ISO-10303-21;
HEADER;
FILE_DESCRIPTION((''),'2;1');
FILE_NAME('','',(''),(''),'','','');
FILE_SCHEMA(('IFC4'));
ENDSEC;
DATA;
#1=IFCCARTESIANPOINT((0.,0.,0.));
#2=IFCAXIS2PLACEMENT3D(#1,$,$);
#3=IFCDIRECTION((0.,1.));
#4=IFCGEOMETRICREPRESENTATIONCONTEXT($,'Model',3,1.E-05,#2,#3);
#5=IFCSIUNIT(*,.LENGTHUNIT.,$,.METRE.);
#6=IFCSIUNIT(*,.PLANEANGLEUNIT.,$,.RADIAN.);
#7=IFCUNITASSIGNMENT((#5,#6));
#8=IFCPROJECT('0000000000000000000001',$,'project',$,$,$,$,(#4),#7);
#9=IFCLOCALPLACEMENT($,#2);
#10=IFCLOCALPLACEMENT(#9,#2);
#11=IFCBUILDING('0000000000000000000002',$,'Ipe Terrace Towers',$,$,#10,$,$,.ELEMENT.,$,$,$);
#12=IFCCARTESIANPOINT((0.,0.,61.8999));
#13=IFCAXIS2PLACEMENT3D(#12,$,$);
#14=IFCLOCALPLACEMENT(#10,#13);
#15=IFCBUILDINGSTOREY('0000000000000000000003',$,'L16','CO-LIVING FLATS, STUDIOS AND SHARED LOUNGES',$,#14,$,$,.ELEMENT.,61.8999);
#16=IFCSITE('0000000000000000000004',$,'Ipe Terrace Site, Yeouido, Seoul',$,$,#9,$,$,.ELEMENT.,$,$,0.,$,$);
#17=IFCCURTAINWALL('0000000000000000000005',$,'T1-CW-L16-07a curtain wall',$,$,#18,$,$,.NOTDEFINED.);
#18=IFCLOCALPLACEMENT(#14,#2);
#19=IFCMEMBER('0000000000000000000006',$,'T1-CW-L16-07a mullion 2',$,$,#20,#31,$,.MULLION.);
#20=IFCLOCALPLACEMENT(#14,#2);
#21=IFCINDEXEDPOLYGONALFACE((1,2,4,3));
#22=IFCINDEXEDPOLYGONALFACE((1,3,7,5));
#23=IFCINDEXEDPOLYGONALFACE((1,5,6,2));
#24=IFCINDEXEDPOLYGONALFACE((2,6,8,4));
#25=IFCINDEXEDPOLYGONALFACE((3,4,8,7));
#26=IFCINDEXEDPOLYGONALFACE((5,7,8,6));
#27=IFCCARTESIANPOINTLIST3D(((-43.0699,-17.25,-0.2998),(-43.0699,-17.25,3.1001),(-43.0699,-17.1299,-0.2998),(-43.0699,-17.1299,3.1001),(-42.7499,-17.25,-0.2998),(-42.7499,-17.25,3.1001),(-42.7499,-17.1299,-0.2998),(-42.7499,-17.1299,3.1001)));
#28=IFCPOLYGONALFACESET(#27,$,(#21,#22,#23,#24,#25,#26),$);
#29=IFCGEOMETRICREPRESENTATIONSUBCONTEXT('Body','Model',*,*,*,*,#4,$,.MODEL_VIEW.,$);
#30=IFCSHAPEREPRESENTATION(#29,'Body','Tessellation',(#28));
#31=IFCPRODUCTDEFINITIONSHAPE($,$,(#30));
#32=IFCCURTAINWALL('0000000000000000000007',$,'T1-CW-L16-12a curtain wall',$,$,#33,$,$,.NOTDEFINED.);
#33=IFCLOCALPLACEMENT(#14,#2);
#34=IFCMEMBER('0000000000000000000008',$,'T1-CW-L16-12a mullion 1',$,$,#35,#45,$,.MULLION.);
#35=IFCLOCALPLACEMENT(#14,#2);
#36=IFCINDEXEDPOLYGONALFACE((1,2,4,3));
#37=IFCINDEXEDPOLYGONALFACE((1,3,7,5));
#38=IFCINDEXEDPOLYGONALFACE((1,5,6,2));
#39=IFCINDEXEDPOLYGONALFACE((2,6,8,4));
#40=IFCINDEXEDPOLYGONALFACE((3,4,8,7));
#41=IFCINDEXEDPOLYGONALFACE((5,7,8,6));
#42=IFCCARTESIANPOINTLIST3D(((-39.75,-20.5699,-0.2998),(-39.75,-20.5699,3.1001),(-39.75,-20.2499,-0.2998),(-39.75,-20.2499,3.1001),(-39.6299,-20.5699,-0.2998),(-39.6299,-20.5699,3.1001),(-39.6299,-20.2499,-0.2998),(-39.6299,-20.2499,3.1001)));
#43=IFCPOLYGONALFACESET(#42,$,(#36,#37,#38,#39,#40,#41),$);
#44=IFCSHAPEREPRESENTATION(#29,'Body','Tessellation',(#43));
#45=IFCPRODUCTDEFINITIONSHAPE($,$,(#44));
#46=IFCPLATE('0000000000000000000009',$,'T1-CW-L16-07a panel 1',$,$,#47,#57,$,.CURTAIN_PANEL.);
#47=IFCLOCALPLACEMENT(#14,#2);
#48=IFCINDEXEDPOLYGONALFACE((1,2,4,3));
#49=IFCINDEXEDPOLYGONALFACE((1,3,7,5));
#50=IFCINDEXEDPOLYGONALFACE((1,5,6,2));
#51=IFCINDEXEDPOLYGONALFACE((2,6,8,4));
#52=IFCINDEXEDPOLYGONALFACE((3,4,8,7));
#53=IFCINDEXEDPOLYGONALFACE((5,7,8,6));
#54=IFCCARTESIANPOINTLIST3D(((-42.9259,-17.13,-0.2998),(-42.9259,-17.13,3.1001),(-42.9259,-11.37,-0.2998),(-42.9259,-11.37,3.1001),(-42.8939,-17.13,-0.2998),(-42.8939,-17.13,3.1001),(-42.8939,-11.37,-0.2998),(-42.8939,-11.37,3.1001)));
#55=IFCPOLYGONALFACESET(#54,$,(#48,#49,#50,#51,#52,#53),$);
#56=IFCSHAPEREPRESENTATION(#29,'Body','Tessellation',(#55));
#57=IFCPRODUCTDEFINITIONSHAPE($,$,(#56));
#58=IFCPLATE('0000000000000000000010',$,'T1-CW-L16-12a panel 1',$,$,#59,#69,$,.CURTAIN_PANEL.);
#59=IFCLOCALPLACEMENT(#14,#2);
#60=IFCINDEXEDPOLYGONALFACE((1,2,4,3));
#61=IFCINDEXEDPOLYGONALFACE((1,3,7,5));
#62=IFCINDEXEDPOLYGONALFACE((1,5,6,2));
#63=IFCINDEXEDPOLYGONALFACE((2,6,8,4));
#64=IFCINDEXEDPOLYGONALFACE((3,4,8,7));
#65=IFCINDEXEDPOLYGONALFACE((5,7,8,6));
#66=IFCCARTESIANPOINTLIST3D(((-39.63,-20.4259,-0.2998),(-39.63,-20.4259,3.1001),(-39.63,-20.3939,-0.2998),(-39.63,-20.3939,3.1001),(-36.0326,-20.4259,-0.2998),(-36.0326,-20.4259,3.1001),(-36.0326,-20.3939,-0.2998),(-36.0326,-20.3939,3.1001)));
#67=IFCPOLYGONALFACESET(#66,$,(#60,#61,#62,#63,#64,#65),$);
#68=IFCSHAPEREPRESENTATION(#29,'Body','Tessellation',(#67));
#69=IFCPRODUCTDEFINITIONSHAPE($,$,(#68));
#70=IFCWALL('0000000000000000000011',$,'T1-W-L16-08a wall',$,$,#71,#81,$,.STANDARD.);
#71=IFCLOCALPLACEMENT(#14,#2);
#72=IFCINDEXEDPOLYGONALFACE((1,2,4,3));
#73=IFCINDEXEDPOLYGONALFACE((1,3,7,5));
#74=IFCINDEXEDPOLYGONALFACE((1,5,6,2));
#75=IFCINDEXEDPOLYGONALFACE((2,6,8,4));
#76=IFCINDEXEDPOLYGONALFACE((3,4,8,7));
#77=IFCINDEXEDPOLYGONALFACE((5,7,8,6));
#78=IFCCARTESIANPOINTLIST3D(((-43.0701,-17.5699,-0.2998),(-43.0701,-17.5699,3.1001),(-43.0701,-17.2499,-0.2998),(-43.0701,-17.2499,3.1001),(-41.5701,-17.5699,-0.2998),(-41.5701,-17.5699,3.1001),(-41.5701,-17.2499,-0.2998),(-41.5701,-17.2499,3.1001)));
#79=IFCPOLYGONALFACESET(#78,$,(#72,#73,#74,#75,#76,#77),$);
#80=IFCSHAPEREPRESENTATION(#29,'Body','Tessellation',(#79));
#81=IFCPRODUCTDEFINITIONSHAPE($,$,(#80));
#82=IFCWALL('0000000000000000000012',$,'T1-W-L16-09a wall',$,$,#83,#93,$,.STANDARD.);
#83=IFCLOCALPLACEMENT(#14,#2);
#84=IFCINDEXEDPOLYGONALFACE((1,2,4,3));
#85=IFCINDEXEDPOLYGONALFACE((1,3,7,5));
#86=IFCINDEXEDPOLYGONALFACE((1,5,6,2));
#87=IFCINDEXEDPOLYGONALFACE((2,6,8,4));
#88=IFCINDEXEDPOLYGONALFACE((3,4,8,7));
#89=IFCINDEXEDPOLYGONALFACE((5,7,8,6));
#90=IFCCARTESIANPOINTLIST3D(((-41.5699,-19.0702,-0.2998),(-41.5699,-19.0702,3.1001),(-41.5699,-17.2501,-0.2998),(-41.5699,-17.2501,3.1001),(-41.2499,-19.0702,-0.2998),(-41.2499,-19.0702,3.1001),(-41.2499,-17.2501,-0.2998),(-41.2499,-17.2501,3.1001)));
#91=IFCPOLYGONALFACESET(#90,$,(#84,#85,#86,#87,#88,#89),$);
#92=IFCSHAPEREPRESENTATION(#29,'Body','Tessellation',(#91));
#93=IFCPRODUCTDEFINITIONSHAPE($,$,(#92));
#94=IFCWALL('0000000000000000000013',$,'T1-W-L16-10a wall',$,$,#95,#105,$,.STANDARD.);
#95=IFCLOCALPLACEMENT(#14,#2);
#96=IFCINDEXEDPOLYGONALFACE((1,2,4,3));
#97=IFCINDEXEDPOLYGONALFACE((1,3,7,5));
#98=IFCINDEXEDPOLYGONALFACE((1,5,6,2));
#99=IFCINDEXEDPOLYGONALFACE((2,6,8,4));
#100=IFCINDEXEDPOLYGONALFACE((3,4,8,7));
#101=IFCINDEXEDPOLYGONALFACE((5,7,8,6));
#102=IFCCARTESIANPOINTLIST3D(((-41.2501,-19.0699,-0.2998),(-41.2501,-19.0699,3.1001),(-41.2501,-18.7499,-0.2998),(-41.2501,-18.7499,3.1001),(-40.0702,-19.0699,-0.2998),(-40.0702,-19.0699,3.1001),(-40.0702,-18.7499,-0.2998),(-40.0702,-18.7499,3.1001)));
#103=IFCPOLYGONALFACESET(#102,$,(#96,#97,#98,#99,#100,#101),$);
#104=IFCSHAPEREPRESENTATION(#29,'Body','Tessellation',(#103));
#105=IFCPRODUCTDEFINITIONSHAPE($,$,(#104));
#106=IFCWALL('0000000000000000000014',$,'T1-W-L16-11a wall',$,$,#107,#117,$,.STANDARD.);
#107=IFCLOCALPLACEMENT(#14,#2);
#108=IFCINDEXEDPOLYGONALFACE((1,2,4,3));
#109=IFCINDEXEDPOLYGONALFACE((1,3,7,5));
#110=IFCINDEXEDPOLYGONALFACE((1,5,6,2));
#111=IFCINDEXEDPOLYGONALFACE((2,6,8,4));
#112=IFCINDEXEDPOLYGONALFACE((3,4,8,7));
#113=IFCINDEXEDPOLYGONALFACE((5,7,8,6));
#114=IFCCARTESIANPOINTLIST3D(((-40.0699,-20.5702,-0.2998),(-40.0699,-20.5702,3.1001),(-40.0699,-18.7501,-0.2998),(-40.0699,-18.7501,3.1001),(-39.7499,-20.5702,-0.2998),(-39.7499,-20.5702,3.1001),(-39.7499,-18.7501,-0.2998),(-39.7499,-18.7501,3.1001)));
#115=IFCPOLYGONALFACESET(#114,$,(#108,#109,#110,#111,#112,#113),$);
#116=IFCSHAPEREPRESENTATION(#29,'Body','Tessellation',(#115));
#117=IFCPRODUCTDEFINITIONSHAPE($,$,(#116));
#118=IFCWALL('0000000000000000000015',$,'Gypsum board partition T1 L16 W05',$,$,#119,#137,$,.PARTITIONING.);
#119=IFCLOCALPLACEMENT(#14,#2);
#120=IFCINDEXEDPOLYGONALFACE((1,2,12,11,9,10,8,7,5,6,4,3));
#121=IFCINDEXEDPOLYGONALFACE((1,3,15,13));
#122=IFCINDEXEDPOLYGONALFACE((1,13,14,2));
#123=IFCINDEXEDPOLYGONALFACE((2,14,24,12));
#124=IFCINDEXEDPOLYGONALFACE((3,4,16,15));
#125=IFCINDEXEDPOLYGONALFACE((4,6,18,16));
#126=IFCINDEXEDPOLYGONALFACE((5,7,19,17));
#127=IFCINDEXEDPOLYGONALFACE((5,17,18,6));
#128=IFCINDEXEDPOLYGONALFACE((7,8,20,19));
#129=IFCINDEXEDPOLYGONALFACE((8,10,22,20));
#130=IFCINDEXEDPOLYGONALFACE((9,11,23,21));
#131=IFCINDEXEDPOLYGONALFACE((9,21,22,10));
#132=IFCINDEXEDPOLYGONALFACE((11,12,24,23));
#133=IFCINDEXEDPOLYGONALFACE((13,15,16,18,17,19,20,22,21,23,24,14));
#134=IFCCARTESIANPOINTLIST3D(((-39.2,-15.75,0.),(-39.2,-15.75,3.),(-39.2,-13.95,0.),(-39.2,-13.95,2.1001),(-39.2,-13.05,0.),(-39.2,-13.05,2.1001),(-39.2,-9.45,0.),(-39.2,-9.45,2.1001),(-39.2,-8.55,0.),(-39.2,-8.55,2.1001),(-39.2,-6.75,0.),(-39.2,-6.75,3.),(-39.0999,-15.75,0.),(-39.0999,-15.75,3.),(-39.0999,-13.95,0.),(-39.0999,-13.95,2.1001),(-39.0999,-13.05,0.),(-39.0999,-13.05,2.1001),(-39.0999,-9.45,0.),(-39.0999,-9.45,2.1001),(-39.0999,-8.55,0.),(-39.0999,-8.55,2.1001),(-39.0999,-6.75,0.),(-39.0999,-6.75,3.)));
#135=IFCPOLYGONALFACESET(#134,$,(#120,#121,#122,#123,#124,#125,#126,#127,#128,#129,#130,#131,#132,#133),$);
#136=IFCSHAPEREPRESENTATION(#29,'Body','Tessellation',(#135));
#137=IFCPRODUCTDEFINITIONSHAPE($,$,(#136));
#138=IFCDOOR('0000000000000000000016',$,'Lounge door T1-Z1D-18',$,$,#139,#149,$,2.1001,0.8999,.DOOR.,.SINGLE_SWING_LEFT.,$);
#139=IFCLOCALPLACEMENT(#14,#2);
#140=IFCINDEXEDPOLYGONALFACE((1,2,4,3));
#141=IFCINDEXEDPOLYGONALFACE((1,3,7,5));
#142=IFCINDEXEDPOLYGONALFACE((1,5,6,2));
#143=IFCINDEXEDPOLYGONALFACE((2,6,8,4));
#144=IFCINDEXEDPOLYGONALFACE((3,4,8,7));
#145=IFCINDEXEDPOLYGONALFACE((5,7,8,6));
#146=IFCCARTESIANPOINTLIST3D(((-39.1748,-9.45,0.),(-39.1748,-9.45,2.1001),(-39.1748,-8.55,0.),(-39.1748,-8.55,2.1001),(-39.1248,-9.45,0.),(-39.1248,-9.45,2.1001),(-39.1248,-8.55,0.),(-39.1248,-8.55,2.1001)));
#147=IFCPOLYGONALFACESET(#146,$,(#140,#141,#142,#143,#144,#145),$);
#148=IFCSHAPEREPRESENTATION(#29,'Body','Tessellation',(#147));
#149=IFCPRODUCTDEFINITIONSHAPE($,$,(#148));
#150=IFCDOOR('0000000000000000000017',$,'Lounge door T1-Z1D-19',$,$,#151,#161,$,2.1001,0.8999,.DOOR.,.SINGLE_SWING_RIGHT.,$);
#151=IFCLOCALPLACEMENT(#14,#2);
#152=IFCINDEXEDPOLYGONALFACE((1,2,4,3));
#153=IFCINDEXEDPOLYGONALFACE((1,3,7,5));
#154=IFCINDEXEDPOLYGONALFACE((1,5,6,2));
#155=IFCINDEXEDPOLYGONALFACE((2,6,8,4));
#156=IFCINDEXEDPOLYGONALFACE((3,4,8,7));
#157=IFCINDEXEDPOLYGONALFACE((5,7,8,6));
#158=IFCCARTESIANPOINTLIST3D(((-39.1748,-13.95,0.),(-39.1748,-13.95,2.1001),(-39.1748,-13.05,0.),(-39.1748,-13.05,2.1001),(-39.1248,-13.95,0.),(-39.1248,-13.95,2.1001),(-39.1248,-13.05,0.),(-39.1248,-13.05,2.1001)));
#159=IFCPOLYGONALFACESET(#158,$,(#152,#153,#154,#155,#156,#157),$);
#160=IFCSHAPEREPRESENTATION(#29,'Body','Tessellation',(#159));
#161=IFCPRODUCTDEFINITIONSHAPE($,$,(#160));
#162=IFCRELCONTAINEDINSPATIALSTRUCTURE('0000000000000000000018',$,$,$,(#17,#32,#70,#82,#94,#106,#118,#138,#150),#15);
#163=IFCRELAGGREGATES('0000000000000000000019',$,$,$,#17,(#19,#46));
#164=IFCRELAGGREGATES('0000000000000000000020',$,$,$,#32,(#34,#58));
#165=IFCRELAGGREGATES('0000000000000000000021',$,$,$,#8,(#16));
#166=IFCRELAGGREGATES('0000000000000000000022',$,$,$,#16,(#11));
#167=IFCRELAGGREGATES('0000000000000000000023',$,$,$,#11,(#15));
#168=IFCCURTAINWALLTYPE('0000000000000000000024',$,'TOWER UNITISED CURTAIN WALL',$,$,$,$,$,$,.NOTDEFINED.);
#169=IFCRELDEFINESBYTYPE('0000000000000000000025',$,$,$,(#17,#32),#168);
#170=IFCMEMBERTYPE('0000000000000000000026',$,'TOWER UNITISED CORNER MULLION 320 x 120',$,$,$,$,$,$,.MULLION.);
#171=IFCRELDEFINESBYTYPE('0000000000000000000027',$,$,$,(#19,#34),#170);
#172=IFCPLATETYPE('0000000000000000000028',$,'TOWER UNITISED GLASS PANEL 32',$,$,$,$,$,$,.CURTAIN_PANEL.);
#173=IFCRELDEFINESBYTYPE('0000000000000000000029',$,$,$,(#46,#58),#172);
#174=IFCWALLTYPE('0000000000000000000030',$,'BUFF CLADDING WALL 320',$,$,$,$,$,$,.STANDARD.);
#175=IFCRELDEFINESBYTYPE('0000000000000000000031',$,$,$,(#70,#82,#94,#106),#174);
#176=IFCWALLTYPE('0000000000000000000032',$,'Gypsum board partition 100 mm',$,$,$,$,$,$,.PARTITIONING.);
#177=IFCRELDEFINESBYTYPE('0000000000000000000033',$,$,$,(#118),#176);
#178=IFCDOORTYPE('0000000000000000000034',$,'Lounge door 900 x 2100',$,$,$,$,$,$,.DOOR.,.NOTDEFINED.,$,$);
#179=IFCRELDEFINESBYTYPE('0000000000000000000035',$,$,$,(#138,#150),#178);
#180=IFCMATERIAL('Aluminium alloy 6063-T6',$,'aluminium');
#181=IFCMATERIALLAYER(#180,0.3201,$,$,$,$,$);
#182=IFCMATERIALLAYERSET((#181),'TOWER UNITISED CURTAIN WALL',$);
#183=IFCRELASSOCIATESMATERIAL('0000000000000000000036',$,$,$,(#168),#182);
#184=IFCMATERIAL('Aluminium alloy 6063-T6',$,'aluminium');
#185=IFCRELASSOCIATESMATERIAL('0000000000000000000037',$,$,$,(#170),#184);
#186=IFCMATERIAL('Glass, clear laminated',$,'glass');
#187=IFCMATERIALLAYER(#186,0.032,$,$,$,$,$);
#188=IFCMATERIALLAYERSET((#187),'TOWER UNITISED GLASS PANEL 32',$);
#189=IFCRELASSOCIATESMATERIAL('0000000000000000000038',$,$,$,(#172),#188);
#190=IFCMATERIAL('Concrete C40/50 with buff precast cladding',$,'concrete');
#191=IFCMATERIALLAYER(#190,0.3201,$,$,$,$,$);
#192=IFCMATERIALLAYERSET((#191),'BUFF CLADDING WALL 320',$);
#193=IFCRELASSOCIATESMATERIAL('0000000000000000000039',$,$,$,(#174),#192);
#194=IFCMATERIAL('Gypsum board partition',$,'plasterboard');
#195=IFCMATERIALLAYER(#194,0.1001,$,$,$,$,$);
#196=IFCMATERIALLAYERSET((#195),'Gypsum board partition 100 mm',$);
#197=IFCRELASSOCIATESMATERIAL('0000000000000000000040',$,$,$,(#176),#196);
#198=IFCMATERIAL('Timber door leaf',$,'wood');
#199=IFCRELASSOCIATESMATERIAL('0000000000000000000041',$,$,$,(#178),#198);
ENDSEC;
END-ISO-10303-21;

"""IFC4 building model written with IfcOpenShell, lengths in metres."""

from ifc_helpers import new_model, si_unit, direction, frame, frame_2d, origin, origin_2d, place, context, subcontext, project, spatial, rectangle, extrude, material, layer, layer_set, material_profile, profile_set, type_object, element, fill, aggregate, save


model = new_model("IFC4")

# Units and contexts
model_context = context("Model", 3, precision=1e-05, world=origin(), true_north=direction((0.0, 1.0)))
body_context = subcontext(model_context, "Body", "Model", "MODEL_VIEW")
ifc_project = project(units=[si_unit("LENGTHUNIT", "METRE"), si_unit("PLANEANGLEUNIT", "RADIAN")], contexts=[model_context])

# Site, building, storey
site_placement = place(None, origin())
site = spatial("IfcSite", under=ifc_project, at=site_placement, Name="Ipe Terrace Site, Yeouido, Seoul", CompositionType="ELEMENT", RefElevation=0.0)
building_placement = place(site_placement, origin())
building = spatial("IfcBuilding", under=site, at=building_placement, Name="Ipe Terrace Towers", CompositionType="ELEMENT")
storey_placement = place(building_placement, frame((0.0, 0.0, 61.8999)))
storey = spatial("IfcBuildingStorey", under=building, at=storey_placement, Name="L16", Description="CO-LIVING FLATS, STUDIOS AND SHARED LOUNGES", CompositionType="ELEMENT", Elevation=61.8999)

# Curtain walls, members
ifc_material_1 = material(Name="Aluminium alloy 6063-T6", Category="aluminium")
ifc_layer_1 = layer(ifc_material_1, 0.3201)
ifc_layer_set_1 = layer_set([ifc_layer_1], Name="TOWER UNITISED CURTAIN WALL")
curtain_wall_type = type_object("IfcCurtainWallType", Name="TOWER UNITISED CURTAIN WALL", PredefinedType="NOTDEFINED", material=ifc_layer_set_1)
curtain_wall_1_placement = place(storey_placement, origin())
curtain_wall_1 = element("IfcCurtainWall", 1, at=curtain_wall_1_placement, inside=storey, type_object=curtain_wall_type, Name="T1-CW-L16-07a curtain wall", PredefinedType="NOTDEFINED")
ifc_material_2 = material(Name="Aluminium alloy 6063-T6", Category="aluminium")
ifc_material_profile_1 = material_profile(ifc_material_2, rectangle(XDim=0.3201, YDim=0.1201, at=origin_2d()), Name="TOWER UNITISED CORNER MULLION 320 x 120")
ifc_profile_set_1 = profile_set([ifc_material_profile_1], Name="Aluminium alloy 6063-T6")
member_type = type_object("IfcMemberType", Name="TOWER UNITISED CORNER MULLION 320 x 120", PredefinedType="MULLION", material=ifc_profile_set_1)
member_1_placement = place(storey_placement, frame((-42.9099, -17.1899, -0.2998), z_axis=(0.0, 0.0, 1.0), x_axis=(-1.0, 0.0, 0.0)))
member_1 = element("IfcMember", 2, at=member_1_placement, type_object=member_type, Name="T1-CW-L16-07a mullion 2", PredefinedType="MULLION", context=body_context, shape_type="SweptSolid", body=[
    extrude(rectangle(XDim=0.3201, YDim=0.1201, at=origin_2d()), origin(), (0.0, 0.0, 1.0), 3.3999),
])
curtain_wall_2_placement = place(storey_placement, origin())
curtain_wall_2 = element("IfcCurtainWall", 3, at=curtain_wall_2_placement, inside=storey, type_object=curtain_wall_type, Name="T1-CW-L16-12a curtain wall", PredefinedType="NOTDEFINED")
member_2_placement = place(storey_placement, frame((-39.6899, -20.4099, -0.2998), z_axis=(0.0, 0.0, 1.0), x_axis=(0.0, -1.0, 0.0)))
member_2 = element("IfcMember", 4, at=member_2_placement, type_object=member_type, Name="T1-CW-L16-12a mullion 1", PredefinedType="MULLION", context=body_context, shape_type="SweptSolid", body=[
    extrude(rectangle(XDim=0.3201, YDim=0.1201, at=origin_2d()), origin(), (0.0, 0.0, 1.0), 3.3999),
])

# Plates
ifc_material_3 = material(Name="Glass, clear laminated", Category="glass")
ifc_layer_2 = layer(ifc_material_3, 0.032)
ifc_layer_set_2 = layer_set([ifc_layer_2], Name="TOWER UNITISED GLASS PANEL 32")
plate_type = type_object("IfcPlateType", Name="TOWER UNITISED GLASS PANEL 32", PredefinedType="CURTAIN_PANEL", material=ifc_layer_set_2)
plate_1_placement = place(storey_placement, frame((-42.9099, -14.25, -0.2998), z_axis=(0.0, 0.0, 1.0), x_axis=(0.0, -1.0, 0.0)))
plate_1 = element("IfcPlate", 5, at=plate_1_placement, type_object=plate_type, Name="T1-CW-L16-07a panel 1", PredefinedType="CURTAIN_PANEL", context=body_context, shape_type="SweptSolid", body=[
    extrude(rectangle(XDim=5.76, YDim=0.032, at=origin_2d()), origin(), (0.0, 0.0, 1.0), 3.3999),
])
aggregate(curtain_wall_1, [member_1, plate_1])
plate_2_placement = place(storey_placement, frame((-37.8313, -20.4099, -0.2998), z_axis=(0.0, 0.0, 1.0), x_axis=(1.0, 0.0, 0.0)))
plate_2 = element("IfcPlate", 6, at=plate_2_placement, type_object=plate_type, Name="T1-CW-L16-12a panel 1", PredefinedType="CURTAIN_PANEL", context=body_context, shape_type="SweptSolid", body=[
    extrude(rectangle(XDim=3.5974, YDim=0.032, at=origin_2d()), origin(), (0.0, 0.0, 1.0), 3.3999),
])
aggregate(curtain_wall_2, [member_2, plate_2])

# Walls
ifc_material_4 = material(Name="Concrete C40/50 with buff precast cladding", Category="concrete")
ifc_layer_3 = layer(ifc_material_4, 0.3201)
ifc_layer_set_3 = layer_set([ifc_layer_3], Name="BUFF CLADDING WALL 320")
wall_type_1 = type_object("IfcWallType", Name="BUFF CLADDING WALL 320", PredefinedType="STANDARD", material=ifc_layer_set_3)
wall_1_placement = place(storey_placement, frame((-43.0701, -17.4099, -0.2998), z_axis=(0.0, 0.0, 1.0), x_axis=(1.0, 0.0, 0.0)))
element("IfcWall", 7, at=wall_1_placement, inside=storey, type_object=wall_type_1, Name="T1-W-L16-08a wall", PredefinedType="STANDARD", context=body_context, shape_type="SweptSolid", body=[
    extrude(rectangle(XDim=1.5, YDim=0.3201, at=frame_2d((0.75, 0.0))), origin(), (0.0, 0.0, 1.0), 3.3999),
])
wall_2_placement = place(storey_placement, frame((-41.4099, -17.25, -0.2998), z_axis=(0.0, 0.0, 1.0), x_axis=(0.0, -1.0, 0.0)))
element("IfcWall", 8, at=wall_2_placement, inside=storey, type_object=wall_type_1, Name="T1-W-L16-09a wall", PredefinedType="STANDARD", context=body_context, shape_type="SweptSolid", body=[
    extrude(rectangle(XDim=1.8201, YDim=0.3201, at=frame_2d((0.9102, 0.0))), origin(), (0.0, 0.0, 1.0), 3.3999),
])
wall_3_placement = place(storey_placement, frame((-41.25, -18.9099, -0.2998), z_axis=(0.0, 0.0, 1.0), x_axis=(1.0, 0.0, 0.0)))
element("IfcWall", 9, at=wall_3_placement, inside=storey, type_object=wall_type_1, Name="T1-W-L16-10a wall", PredefinedType="STANDARD", context=body_context, shape_type="SweptSolid", body=[
    extrude(rectangle(XDim=1.1799, YDim=0.3201, at=frame_2d((0.5898, 0.0))), origin(), (0.0, 0.0, 1.0), 3.3999),
])
wall_4_placement = place(storey_placement, frame((-39.9099, -18.75, -0.2998), z_axis=(0.0, 0.0, 1.0), x_axis=(0.0, -1.0, 0.0)))
element("IfcWall", 10, at=wall_4_placement, inside=storey, type_object=wall_type_1, Name="T1-W-L16-11a wall", PredefinedType="STANDARD", context=body_context, shape_type="SweptSolid", body=[
    extrude(rectangle(XDim=1.8201, YDim=0.3201, at=frame_2d((0.9102, 0.0))), origin(), (0.0, 0.0, 1.0), 3.3999),
])

# Wall, openings, doors
ifc_material_5 = material(Name="Gypsum board partition", Category="plasterboard")
ifc_layer_4 = layer(ifc_material_5, 0.1001)
ifc_layer_set_4 = layer_set([ifc_layer_4], Name="Gypsum board partition 100 mm")
wall_type_2 = type_object("IfcWallType", Name="Gypsum board partition 100 mm", PredefinedType="PARTITIONING", material=ifc_layer_set_4)
wall_5_placement = place(storey_placement, frame((-39.1499, -15.75, 0.0), z_axis=(0.0, 0.0, 1.0), x_axis=(0.0, 1.0, 0.0)))
wall_5 = element("IfcWall", 11, at=wall_5_placement, inside=storey, type_object=wall_type_2, Name="Gypsum board partition T1 L16 W05", PredefinedType="PARTITIONING", context=body_context, shape_type="SweptSolid", body=[
    extrude(rectangle(XDim=9.0, YDim=0.1001, at=frame_2d((4.5, 0.0))), origin(), (0.0, 0.0, 1.0), 3.0),
])
opening_1_placement = place(wall_5_placement, frame((6.3, 0.0, 0.0)))
opening_1 = element("IfcOpeningElement", 12, at=opening_1_placement, cuts=wall_5, PredefinedType="OPENING", context=body_context, shape_type="SweptSolid", body=[
    extrude(rectangle(XDim=0.8999, YDim=2.1001, at=frame_2d((0.45, 1.05))), frame((0.0, 0.0601, 0.0), z_axis=(0.0, -1.0, 0.0), x_axis=(1.0, 0.0, 0.0)), (0.0, 0.0, 1.0), 0.1201),
])
opening_2_placement = place(wall_5_placement, frame((1.8, 0.0, 0.0)))
opening_2 = element("IfcOpeningElement", 13, at=opening_2_placement, cuts=wall_5, PredefinedType="OPENING", context=body_context, shape_type="SweptSolid", body=[
    extrude(rectangle(XDim=0.8999, YDim=2.1001, at=frame_2d((0.45, 1.05))), frame((0.0, 0.0601, 0.0), z_axis=(0.0, -1.0, 0.0), x_axis=(1.0, 0.0, 0.0)), (0.0, 0.0, 1.0), 0.1201),
])
ifc_material_6 = material(Name="Timber door leaf", Category="wood")
door_type_1 = type_object("IfcDoorType", Name="Lounge door 900 x 2100", OperationType="NOTDEFINED", PredefinedType="DOOR", material=ifc_material_6)
door_1_placement = place(opening_1_placement, origin())
door_1 = element("IfcDoor", 14, at=door_1_placement, inside=storey, type_object=door_type_1, Name="Lounge door T1-Z1D-18", OperationType="SINGLE_SWING_LEFT", OverallHeight=2.1001, OverallWidth=0.8999, PredefinedType="DOOR", context=body_context, shape_type="SweptSolid", body=[
    extrude(rectangle(XDim=0.8999, YDim=2.1001, at=frame_2d((0.45, 1.05))), frame((0.0, 0.0249, 0.0), z_axis=(0.0, -1.0, 0.0), x_axis=(1.0, 0.0, 0.0)), (0.0, 0.0, 1.0), 0.05),
])
fill(opening_1, door_1)
door_2_placement = place(opening_2_placement, origin())
door_2 = element("IfcDoor", 15, at=door_2_placement, inside=storey, type_object=door_type_1, Name="Lounge door T1-Z1D-19", OperationType="SINGLE_SWING_RIGHT", OverallHeight=2.1001, OverallWidth=0.8999, PredefinedType="DOOR", context=body_context, shape_type="SweptSolid", body=[
    extrude(rectangle(XDim=0.8999, YDim=2.1001, at=frame_2d((0.45, 1.05))), frame((0.0, 0.0249, 0.0), z_axis=(0.0, -1.0, 0.0), x_axis=(1.0, 0.0, 0.0)), (0.0, 0.0, 1.0), 0.05),
])
fill(opening_2, door_2)

save(model, "model.ifc")
